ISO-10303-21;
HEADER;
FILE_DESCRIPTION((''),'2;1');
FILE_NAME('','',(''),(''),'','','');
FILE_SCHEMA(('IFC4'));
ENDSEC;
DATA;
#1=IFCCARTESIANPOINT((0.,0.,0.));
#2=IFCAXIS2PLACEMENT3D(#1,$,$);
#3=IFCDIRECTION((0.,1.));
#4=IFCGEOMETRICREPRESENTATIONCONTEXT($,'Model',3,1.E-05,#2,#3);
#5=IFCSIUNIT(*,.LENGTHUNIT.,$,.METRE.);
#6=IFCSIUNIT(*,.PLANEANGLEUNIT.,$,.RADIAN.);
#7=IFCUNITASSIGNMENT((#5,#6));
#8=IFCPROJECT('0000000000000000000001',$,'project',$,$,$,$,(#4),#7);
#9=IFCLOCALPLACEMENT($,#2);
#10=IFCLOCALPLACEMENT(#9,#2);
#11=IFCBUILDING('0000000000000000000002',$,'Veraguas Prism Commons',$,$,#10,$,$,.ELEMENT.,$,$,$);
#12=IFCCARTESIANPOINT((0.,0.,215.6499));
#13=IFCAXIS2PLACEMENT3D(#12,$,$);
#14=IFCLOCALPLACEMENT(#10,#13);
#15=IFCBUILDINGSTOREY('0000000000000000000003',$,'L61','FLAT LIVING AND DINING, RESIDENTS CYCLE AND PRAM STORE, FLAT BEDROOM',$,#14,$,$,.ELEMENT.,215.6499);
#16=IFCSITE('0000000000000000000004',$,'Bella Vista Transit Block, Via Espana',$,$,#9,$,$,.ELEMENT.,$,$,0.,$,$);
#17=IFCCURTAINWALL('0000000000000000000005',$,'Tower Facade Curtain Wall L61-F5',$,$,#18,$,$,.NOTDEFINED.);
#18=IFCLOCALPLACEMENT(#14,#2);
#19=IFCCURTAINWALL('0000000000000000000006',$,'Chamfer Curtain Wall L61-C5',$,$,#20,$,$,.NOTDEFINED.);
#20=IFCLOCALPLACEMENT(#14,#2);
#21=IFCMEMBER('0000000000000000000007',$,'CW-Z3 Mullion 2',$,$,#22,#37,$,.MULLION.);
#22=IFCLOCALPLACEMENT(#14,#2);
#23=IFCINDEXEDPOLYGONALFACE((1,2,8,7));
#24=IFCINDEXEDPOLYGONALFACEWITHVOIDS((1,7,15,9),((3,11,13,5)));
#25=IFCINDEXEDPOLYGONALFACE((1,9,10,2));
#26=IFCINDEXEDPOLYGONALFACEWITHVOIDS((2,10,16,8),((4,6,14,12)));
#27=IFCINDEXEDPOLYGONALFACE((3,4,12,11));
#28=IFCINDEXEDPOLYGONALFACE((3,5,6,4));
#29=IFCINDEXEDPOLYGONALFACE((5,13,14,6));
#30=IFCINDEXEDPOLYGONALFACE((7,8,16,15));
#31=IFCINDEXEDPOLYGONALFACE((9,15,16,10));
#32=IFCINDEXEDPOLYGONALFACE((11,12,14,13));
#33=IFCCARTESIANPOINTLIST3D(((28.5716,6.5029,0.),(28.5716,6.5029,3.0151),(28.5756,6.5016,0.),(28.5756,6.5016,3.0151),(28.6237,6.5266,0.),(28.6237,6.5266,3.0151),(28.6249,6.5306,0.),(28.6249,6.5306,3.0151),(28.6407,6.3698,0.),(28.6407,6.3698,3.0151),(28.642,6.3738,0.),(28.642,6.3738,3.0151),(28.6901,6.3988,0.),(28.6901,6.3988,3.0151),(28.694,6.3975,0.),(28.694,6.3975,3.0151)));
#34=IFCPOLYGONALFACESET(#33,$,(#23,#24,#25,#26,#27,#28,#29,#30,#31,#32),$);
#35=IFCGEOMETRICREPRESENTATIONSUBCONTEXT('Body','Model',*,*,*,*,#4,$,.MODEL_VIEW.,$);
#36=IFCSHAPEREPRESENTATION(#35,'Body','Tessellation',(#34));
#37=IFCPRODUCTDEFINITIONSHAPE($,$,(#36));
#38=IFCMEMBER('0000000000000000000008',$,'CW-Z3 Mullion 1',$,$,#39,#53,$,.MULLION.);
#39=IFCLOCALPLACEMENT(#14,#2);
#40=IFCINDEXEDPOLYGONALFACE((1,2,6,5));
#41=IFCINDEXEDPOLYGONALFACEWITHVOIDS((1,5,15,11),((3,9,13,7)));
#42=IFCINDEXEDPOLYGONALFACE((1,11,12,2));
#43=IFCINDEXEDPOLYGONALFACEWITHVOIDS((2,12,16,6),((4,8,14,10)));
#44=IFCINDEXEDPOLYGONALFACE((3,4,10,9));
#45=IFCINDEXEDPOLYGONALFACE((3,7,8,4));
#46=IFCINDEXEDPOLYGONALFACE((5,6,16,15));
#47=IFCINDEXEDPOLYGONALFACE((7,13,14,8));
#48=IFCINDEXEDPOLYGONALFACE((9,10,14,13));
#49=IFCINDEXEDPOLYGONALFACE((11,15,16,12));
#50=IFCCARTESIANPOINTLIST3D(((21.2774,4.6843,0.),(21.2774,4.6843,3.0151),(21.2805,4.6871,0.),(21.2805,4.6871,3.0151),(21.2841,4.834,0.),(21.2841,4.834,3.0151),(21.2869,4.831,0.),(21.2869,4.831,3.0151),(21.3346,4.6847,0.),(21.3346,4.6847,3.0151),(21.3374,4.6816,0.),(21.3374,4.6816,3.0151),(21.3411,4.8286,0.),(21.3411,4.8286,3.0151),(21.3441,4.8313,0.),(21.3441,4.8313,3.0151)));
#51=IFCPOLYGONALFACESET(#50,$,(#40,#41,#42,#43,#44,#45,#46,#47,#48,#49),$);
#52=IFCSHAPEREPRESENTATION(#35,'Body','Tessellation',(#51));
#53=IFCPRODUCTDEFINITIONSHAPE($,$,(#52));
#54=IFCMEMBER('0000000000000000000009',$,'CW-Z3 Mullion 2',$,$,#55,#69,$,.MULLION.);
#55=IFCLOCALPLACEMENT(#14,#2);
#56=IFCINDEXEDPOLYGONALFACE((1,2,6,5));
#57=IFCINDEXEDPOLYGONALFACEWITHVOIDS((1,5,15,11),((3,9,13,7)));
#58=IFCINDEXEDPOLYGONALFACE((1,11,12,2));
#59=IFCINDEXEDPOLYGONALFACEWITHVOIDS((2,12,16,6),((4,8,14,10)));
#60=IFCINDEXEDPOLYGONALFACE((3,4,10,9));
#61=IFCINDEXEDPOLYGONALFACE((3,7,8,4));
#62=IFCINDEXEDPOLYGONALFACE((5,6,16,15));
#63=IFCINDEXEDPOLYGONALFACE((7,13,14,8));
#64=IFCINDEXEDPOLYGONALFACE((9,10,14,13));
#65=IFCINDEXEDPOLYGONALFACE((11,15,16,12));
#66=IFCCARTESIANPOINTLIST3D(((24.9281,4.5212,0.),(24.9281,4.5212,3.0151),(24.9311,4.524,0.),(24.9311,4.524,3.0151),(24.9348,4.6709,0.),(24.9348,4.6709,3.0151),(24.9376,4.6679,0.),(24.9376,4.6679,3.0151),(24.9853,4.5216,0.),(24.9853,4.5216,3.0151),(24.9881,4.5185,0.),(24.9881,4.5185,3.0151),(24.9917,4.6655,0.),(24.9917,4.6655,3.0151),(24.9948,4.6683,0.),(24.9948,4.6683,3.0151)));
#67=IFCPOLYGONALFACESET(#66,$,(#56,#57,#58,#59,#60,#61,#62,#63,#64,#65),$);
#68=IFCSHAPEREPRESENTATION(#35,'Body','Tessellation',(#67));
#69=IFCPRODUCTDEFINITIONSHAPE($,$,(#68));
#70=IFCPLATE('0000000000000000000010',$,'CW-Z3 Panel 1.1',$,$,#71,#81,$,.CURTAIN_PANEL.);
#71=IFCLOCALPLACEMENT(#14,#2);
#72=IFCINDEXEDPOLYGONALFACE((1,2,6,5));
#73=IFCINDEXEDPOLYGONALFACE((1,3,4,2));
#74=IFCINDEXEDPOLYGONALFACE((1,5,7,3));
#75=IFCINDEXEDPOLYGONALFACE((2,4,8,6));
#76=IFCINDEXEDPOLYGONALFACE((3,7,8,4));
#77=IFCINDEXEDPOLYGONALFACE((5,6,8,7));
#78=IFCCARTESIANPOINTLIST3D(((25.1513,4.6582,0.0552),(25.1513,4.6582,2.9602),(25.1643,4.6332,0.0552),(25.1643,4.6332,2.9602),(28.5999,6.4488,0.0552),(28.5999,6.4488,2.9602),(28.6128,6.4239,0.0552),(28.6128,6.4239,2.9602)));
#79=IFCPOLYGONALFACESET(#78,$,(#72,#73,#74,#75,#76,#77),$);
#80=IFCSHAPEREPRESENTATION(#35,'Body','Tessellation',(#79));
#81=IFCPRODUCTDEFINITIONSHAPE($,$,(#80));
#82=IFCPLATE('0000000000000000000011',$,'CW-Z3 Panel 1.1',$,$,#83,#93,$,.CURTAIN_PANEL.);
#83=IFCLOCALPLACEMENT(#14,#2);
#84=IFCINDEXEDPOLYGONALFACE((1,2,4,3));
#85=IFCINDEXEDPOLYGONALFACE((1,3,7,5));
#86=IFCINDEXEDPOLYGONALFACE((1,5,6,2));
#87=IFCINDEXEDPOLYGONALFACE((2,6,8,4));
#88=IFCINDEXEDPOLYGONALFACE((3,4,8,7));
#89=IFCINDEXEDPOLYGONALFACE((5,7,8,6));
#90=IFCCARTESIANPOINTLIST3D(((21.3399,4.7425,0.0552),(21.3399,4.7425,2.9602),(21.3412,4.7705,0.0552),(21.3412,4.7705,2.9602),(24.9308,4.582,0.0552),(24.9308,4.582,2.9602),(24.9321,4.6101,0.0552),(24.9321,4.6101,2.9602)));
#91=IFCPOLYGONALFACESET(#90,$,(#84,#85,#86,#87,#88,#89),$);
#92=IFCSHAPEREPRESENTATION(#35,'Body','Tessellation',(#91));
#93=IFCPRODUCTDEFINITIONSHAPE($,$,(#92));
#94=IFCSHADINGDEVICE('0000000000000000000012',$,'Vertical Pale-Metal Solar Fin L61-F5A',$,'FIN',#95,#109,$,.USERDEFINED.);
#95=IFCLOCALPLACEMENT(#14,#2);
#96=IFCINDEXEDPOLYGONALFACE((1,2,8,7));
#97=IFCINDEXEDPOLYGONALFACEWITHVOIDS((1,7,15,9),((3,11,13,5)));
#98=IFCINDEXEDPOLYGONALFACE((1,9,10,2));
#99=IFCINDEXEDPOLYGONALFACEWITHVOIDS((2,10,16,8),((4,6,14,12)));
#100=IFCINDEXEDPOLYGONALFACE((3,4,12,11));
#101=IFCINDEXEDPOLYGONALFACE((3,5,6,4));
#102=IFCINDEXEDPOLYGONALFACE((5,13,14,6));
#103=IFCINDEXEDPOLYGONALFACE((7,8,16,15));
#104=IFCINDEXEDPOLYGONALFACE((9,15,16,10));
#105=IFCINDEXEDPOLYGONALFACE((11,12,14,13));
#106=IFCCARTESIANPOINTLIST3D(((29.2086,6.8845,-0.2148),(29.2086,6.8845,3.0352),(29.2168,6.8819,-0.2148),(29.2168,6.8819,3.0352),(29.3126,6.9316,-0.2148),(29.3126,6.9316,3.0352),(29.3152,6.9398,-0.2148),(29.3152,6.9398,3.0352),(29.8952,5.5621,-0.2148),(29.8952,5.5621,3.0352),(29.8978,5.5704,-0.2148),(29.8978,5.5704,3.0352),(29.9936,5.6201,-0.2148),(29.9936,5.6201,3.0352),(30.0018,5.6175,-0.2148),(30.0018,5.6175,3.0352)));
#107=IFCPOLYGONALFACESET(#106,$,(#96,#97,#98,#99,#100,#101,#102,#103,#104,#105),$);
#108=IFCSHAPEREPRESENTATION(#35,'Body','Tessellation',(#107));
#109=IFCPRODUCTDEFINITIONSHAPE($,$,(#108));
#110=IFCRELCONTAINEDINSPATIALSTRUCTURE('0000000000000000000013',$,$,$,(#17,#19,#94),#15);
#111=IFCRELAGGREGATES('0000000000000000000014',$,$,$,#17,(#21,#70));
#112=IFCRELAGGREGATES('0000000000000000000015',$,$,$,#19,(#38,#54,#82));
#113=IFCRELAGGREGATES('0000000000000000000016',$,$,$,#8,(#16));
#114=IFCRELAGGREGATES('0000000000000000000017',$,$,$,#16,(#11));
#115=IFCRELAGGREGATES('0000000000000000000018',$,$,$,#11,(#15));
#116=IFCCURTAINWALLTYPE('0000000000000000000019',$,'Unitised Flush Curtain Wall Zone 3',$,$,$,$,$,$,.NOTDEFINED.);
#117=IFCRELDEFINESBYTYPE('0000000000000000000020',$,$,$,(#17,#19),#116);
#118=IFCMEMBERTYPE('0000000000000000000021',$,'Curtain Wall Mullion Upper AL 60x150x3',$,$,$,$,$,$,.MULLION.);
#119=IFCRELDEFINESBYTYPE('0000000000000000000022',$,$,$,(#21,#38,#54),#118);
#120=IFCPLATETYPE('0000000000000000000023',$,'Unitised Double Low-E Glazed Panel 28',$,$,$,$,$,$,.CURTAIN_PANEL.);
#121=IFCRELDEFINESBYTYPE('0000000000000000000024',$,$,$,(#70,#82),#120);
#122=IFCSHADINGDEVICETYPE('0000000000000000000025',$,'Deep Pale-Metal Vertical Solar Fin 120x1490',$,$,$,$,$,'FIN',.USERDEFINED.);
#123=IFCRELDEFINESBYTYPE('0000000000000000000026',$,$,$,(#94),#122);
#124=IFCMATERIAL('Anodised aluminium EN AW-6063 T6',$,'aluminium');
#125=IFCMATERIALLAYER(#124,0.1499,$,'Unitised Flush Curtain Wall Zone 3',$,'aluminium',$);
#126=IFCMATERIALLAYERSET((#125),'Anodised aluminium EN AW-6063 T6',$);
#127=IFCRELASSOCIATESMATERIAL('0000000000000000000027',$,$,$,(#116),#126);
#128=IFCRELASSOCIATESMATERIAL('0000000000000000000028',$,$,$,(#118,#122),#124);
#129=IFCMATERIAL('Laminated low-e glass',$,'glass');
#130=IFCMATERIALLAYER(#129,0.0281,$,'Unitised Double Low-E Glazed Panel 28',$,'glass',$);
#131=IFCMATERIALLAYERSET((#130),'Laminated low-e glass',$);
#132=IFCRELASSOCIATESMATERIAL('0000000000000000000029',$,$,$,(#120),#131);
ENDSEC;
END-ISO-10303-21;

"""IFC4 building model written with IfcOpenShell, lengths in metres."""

from ifc_helpers import new_model, si_unit, direction, frame, origin, origin_2d, place, context, subcontext, project, spatial, rectangle, hollow_rectangle, extrude, source, transform, mapped, material, layer, layer_set, material_profile, profile_set, type_object, element, aggregate, save


model = new_model("IFC4")

# Units and contexts
model_context = context("Model", 3, precision=1e-05, world=origin(), true_north=direction((0.0, 1.0)))
body_context = subcontext(model_context, "Body", "Model", "MODEL_VIEW")
ifc_project = project(units=[si_unit("LENGTHUNIT", "METRE"), si_unit("PLANEANGLEUNIT", "RADIAN")], contexts=[model_context])

# Site, building, storey
site_placement = place(None, origin())
site = spatial("IfcSite", under=ifc_project, at=site_placement, Name="Bella Vista Transit Block, Via Espana", CompositionType="ELEMENT", RefElevation=0.0)
building_placement = place(site_placement, origin())
building = spatial("IfcBuilding", under=site, at=building_placement, Name="Veraguas Prism Commons", CompositionType="ELEMENT")
storey_placement = place(building_placement, frame((0.0, 0.0, 215.6499)))
storey = spatial("IfcBuildingStorey", under=building, at=storey_placement, Name="L61", Description="FLAT LIVING AND DINING, RESIDENTS CYCLE AND PRAM STORE, FLAT BEDROOM", CompositionType="ELEMENT", Elevation=215.6499)

# Curtain walls
ifc_material_1 = material(Name="Anodised aluminium EN AW-6063 T6", Category="aluminium")
ifc_layer_1 = layer(ifc_material_1, 0.1499, Name="Unitised Flush Curtain Wall Zone 3", Category="aluminium")
ifc_layer_set_1 = layer_set([ifc_layer_1], Name="Anodised aluminium EN AW-6063 T6")
curtain_wall_type = type_object("IfcCurtainWallType", Name="Unitised Flush Curtain Wall Zone 3", PredefinedType="NOTDEFINED", material=ifc_layer_set_1)
curtain_wall_1_placement = place(storey_placement, origin())
curtain_wall_1 = element("IfcCurtainWall", 1, at=curtain_wall_1_placement, inside=storey, type_object=curtain_wall_type, Name="Tower Facade Curtain Wall L61-F5", PredefinedType="NOTDEFINED")
curtain_wall_2_placement = place(storey_placement, origin())
curtain_wall_2 = element("IfcCurtainWall", 2, at=curtain_wall_2_placement, inside=storey, type_object=curtain_wall_type, Name="Chamfer Curtain Wall L61-C5", PredefinedType="NOTDEFINED")

# Shared definitions
ifc_material_profile_1 = material_profile(ifc_material_1, hollow_rectangle(XDim=0.0601, YDim=0.1499, WallThickness=0.0029, at=origin_2d()), Name="AL60X150X3")
ifc_profile_set_1 = profile_set([ifc_material_profile_1], Name="Anodised aluminium EN AW-6063 T6")
member_type_1 = type_object("IfcMemberType", Name="Curtain Wall Mullion Upper AL 60x150x3", PredefinedType="MULLION", material=ifc_profile_set_1)
shared_shape_1 = source(origin(), body_context, "Body", "SweptSolid", [
    extrude(hollow_rectangle(XDim=0.0601, YDim=0.1499, WallThickness=0.0029, at=origin_2d()), origin(), (0.0, 0.0, 1.0), 3.0151),
])

# Members
member_1_placement = place(storey_placement, frame((28.6328, 6.4502, 0.0), z_axis=(0.0, 0.0, 1.0), x_axis=(0.887494, 0.460819, 0.0)))
member_1 = element("IfcMember", 3, at=member_1_placement, type_object=member_type_1, Name="CW-Z3 Mullion 2", PredefinedType="MULLION", context=body_context, shape_type="MappedRepresentation", body=[
    mapped(shared_shape_1, transform((0.0, 0.0, 0.0), scale=1.0)),
])
member_2_placement = place(storey_placement, frame((21.3108, 4.7578, 0.0), z_axis=(0.0, 0.0, 1.0), x_axis=(0.999003, -0.044638, 0.0)))
member_2 = element("IfcMember", 4, at=member_2_placement, type_object=member_type_1, Name="CW-Z3 Mullion 1", PredefinedType="MULLION", context=body_context, shape_type="MappedRepresentation", body=[
    mapped(shared_shape_1, transform((0.0, 0.0, 0.0), scale=1.0)),
])
member_3_placement = place(storey_placement, frame((24.9614, 4.5947, 0.0), z_axis=(0.0, 0.0, 1.0), x_axis=(0.999003, -0.044638, 0.0)))
member_3 = element("IfcMember", 5, at=member_3_placement, type_object=member_type_1, Name="CW-Z3 Mullion 2", PredefinedType="MULLION", context=body_context, shape_type="MappedRepresentation", body=[
    mapped(shared_shape_1, transform((0.0, 0.0, 0.0), scale=1.0)),
])

# Plates
ifc_material_2 = material(Name="Laminated low-e glass", Category="glass")
ifc_layer_2 = layer(ifc_material_2, 0.0281, Name="Unitised Double Low-E Glazed Panel 28", Category="glass")
ifc_layer_set_2 = layer_set([ifc_layer_2], Name="Laminated low-e glass")
plate_type = type_object("IfcPlateType", Name="Unitised Double Low-E Glazed Panel 28", PredefinedType="CURTAIN_PANEL", material=ifc_layer_set_2)
shared_shape_2 = source(origin(), body_context, "Body", "SweptSolid", [
    extrude(rectangle(XDim=3.8857, YDim=0.0281, at=origin_2d()), origin(), (0.0, 0.0, 1.0), 2.905),
])
plate_1_placement = place(storey_placement, frame((26.8821, 5.541, 0.0552), z_axis=(0.0, 0.0, 1.0), x_axis=(0.887494, 0.460819, 0.0)))
plate_1 = element("IfcPlate", 6, at=plate_1_placement, type_object=plate_type, Name="CW-Z3 Panel 1.1", PredefinedType="CURTAIN_PANEL", context=body_context, shape_type="MappedRepresentation", body=[
    mapped(shared_shape_2, transform((0.0, 0.0, 0.0), scale=1.0)),
])
aggregate(curtain_wall_1, [member_1, plate_1])
shared_shape_3 = source(origin(), body_context, "Body", "SweptSolid", [
    extrude(rectangle(XDim=3.5945, YDim=0.0281, at=origin_2d()), origin(), (0.0, 0.0, 1.0), 2.905),
])
plate_2_placement = place(storey_placement, frame((23.136, 4.6763, 0.0552), z_axis=(0.0, 0.0, 1.0), x_axis=(0.999003, -0.044638, 0.0)))
plate_2 = element("IfcPlate", 7, at=plate_2_placement, type_object=plate_type, Name="CW-Z3 Panel 1.1", PredefinedType="CURTAIN_PANEL", context=body_context, shape_type="MappedRepresentation", body=[
    mapped(shared_shape_3, transform((0.0, 0.0, 0.0), scale=1.0)),
])
aggregate(curtain_wall_2, [member_2, member_3, plate_2])

# Shading device
ifc_material_profile_2 = material_profile(ifc_material_1, hollow_rectangle(XDim=0.1201, YDim=1.49, WallThickness=0.0061, at=origin_2d()), Name="FIN120X1490X6")
ifc_profile_set_2 = profile_set([ifc_material_profile_2], Name="Anodised aluminium EN AW-6063 T6")
shading_device_type = type_object("IfcShadingDeviceType", Name="Deep Pale-Metal Vertical Solar Fin 120x1490", ElementType="FIN", PredefinedType="USERDEFINED", material=ifc_profile_set_2)
shading_device_placement = place(storey_placement, frame((29.6052, 6.251, -0.2148), z_axis=(0.0, 0.0, 1.0), x_axis=(0.887495, 0.460818, 0.0)))
element("IfcShadingDevice", 8, at=shading_device_placement, inside=storey, type_object=shading_device_type, Name="Vertical Pale-Metal Solar Fin L61-F5A", ObjectType="FIN", PredefinedType="USERDEFINED", context=body_context, shape_type="SweptSolid", body=[
    extrude(hollow_rectangle(XDim=0.1201, YDim=1.49, WallThickness=0.0061, at=origin_2d()), origin(), (0.0, 0.0, 1.0), 3.25),
])

save(model, "model.ifc")
